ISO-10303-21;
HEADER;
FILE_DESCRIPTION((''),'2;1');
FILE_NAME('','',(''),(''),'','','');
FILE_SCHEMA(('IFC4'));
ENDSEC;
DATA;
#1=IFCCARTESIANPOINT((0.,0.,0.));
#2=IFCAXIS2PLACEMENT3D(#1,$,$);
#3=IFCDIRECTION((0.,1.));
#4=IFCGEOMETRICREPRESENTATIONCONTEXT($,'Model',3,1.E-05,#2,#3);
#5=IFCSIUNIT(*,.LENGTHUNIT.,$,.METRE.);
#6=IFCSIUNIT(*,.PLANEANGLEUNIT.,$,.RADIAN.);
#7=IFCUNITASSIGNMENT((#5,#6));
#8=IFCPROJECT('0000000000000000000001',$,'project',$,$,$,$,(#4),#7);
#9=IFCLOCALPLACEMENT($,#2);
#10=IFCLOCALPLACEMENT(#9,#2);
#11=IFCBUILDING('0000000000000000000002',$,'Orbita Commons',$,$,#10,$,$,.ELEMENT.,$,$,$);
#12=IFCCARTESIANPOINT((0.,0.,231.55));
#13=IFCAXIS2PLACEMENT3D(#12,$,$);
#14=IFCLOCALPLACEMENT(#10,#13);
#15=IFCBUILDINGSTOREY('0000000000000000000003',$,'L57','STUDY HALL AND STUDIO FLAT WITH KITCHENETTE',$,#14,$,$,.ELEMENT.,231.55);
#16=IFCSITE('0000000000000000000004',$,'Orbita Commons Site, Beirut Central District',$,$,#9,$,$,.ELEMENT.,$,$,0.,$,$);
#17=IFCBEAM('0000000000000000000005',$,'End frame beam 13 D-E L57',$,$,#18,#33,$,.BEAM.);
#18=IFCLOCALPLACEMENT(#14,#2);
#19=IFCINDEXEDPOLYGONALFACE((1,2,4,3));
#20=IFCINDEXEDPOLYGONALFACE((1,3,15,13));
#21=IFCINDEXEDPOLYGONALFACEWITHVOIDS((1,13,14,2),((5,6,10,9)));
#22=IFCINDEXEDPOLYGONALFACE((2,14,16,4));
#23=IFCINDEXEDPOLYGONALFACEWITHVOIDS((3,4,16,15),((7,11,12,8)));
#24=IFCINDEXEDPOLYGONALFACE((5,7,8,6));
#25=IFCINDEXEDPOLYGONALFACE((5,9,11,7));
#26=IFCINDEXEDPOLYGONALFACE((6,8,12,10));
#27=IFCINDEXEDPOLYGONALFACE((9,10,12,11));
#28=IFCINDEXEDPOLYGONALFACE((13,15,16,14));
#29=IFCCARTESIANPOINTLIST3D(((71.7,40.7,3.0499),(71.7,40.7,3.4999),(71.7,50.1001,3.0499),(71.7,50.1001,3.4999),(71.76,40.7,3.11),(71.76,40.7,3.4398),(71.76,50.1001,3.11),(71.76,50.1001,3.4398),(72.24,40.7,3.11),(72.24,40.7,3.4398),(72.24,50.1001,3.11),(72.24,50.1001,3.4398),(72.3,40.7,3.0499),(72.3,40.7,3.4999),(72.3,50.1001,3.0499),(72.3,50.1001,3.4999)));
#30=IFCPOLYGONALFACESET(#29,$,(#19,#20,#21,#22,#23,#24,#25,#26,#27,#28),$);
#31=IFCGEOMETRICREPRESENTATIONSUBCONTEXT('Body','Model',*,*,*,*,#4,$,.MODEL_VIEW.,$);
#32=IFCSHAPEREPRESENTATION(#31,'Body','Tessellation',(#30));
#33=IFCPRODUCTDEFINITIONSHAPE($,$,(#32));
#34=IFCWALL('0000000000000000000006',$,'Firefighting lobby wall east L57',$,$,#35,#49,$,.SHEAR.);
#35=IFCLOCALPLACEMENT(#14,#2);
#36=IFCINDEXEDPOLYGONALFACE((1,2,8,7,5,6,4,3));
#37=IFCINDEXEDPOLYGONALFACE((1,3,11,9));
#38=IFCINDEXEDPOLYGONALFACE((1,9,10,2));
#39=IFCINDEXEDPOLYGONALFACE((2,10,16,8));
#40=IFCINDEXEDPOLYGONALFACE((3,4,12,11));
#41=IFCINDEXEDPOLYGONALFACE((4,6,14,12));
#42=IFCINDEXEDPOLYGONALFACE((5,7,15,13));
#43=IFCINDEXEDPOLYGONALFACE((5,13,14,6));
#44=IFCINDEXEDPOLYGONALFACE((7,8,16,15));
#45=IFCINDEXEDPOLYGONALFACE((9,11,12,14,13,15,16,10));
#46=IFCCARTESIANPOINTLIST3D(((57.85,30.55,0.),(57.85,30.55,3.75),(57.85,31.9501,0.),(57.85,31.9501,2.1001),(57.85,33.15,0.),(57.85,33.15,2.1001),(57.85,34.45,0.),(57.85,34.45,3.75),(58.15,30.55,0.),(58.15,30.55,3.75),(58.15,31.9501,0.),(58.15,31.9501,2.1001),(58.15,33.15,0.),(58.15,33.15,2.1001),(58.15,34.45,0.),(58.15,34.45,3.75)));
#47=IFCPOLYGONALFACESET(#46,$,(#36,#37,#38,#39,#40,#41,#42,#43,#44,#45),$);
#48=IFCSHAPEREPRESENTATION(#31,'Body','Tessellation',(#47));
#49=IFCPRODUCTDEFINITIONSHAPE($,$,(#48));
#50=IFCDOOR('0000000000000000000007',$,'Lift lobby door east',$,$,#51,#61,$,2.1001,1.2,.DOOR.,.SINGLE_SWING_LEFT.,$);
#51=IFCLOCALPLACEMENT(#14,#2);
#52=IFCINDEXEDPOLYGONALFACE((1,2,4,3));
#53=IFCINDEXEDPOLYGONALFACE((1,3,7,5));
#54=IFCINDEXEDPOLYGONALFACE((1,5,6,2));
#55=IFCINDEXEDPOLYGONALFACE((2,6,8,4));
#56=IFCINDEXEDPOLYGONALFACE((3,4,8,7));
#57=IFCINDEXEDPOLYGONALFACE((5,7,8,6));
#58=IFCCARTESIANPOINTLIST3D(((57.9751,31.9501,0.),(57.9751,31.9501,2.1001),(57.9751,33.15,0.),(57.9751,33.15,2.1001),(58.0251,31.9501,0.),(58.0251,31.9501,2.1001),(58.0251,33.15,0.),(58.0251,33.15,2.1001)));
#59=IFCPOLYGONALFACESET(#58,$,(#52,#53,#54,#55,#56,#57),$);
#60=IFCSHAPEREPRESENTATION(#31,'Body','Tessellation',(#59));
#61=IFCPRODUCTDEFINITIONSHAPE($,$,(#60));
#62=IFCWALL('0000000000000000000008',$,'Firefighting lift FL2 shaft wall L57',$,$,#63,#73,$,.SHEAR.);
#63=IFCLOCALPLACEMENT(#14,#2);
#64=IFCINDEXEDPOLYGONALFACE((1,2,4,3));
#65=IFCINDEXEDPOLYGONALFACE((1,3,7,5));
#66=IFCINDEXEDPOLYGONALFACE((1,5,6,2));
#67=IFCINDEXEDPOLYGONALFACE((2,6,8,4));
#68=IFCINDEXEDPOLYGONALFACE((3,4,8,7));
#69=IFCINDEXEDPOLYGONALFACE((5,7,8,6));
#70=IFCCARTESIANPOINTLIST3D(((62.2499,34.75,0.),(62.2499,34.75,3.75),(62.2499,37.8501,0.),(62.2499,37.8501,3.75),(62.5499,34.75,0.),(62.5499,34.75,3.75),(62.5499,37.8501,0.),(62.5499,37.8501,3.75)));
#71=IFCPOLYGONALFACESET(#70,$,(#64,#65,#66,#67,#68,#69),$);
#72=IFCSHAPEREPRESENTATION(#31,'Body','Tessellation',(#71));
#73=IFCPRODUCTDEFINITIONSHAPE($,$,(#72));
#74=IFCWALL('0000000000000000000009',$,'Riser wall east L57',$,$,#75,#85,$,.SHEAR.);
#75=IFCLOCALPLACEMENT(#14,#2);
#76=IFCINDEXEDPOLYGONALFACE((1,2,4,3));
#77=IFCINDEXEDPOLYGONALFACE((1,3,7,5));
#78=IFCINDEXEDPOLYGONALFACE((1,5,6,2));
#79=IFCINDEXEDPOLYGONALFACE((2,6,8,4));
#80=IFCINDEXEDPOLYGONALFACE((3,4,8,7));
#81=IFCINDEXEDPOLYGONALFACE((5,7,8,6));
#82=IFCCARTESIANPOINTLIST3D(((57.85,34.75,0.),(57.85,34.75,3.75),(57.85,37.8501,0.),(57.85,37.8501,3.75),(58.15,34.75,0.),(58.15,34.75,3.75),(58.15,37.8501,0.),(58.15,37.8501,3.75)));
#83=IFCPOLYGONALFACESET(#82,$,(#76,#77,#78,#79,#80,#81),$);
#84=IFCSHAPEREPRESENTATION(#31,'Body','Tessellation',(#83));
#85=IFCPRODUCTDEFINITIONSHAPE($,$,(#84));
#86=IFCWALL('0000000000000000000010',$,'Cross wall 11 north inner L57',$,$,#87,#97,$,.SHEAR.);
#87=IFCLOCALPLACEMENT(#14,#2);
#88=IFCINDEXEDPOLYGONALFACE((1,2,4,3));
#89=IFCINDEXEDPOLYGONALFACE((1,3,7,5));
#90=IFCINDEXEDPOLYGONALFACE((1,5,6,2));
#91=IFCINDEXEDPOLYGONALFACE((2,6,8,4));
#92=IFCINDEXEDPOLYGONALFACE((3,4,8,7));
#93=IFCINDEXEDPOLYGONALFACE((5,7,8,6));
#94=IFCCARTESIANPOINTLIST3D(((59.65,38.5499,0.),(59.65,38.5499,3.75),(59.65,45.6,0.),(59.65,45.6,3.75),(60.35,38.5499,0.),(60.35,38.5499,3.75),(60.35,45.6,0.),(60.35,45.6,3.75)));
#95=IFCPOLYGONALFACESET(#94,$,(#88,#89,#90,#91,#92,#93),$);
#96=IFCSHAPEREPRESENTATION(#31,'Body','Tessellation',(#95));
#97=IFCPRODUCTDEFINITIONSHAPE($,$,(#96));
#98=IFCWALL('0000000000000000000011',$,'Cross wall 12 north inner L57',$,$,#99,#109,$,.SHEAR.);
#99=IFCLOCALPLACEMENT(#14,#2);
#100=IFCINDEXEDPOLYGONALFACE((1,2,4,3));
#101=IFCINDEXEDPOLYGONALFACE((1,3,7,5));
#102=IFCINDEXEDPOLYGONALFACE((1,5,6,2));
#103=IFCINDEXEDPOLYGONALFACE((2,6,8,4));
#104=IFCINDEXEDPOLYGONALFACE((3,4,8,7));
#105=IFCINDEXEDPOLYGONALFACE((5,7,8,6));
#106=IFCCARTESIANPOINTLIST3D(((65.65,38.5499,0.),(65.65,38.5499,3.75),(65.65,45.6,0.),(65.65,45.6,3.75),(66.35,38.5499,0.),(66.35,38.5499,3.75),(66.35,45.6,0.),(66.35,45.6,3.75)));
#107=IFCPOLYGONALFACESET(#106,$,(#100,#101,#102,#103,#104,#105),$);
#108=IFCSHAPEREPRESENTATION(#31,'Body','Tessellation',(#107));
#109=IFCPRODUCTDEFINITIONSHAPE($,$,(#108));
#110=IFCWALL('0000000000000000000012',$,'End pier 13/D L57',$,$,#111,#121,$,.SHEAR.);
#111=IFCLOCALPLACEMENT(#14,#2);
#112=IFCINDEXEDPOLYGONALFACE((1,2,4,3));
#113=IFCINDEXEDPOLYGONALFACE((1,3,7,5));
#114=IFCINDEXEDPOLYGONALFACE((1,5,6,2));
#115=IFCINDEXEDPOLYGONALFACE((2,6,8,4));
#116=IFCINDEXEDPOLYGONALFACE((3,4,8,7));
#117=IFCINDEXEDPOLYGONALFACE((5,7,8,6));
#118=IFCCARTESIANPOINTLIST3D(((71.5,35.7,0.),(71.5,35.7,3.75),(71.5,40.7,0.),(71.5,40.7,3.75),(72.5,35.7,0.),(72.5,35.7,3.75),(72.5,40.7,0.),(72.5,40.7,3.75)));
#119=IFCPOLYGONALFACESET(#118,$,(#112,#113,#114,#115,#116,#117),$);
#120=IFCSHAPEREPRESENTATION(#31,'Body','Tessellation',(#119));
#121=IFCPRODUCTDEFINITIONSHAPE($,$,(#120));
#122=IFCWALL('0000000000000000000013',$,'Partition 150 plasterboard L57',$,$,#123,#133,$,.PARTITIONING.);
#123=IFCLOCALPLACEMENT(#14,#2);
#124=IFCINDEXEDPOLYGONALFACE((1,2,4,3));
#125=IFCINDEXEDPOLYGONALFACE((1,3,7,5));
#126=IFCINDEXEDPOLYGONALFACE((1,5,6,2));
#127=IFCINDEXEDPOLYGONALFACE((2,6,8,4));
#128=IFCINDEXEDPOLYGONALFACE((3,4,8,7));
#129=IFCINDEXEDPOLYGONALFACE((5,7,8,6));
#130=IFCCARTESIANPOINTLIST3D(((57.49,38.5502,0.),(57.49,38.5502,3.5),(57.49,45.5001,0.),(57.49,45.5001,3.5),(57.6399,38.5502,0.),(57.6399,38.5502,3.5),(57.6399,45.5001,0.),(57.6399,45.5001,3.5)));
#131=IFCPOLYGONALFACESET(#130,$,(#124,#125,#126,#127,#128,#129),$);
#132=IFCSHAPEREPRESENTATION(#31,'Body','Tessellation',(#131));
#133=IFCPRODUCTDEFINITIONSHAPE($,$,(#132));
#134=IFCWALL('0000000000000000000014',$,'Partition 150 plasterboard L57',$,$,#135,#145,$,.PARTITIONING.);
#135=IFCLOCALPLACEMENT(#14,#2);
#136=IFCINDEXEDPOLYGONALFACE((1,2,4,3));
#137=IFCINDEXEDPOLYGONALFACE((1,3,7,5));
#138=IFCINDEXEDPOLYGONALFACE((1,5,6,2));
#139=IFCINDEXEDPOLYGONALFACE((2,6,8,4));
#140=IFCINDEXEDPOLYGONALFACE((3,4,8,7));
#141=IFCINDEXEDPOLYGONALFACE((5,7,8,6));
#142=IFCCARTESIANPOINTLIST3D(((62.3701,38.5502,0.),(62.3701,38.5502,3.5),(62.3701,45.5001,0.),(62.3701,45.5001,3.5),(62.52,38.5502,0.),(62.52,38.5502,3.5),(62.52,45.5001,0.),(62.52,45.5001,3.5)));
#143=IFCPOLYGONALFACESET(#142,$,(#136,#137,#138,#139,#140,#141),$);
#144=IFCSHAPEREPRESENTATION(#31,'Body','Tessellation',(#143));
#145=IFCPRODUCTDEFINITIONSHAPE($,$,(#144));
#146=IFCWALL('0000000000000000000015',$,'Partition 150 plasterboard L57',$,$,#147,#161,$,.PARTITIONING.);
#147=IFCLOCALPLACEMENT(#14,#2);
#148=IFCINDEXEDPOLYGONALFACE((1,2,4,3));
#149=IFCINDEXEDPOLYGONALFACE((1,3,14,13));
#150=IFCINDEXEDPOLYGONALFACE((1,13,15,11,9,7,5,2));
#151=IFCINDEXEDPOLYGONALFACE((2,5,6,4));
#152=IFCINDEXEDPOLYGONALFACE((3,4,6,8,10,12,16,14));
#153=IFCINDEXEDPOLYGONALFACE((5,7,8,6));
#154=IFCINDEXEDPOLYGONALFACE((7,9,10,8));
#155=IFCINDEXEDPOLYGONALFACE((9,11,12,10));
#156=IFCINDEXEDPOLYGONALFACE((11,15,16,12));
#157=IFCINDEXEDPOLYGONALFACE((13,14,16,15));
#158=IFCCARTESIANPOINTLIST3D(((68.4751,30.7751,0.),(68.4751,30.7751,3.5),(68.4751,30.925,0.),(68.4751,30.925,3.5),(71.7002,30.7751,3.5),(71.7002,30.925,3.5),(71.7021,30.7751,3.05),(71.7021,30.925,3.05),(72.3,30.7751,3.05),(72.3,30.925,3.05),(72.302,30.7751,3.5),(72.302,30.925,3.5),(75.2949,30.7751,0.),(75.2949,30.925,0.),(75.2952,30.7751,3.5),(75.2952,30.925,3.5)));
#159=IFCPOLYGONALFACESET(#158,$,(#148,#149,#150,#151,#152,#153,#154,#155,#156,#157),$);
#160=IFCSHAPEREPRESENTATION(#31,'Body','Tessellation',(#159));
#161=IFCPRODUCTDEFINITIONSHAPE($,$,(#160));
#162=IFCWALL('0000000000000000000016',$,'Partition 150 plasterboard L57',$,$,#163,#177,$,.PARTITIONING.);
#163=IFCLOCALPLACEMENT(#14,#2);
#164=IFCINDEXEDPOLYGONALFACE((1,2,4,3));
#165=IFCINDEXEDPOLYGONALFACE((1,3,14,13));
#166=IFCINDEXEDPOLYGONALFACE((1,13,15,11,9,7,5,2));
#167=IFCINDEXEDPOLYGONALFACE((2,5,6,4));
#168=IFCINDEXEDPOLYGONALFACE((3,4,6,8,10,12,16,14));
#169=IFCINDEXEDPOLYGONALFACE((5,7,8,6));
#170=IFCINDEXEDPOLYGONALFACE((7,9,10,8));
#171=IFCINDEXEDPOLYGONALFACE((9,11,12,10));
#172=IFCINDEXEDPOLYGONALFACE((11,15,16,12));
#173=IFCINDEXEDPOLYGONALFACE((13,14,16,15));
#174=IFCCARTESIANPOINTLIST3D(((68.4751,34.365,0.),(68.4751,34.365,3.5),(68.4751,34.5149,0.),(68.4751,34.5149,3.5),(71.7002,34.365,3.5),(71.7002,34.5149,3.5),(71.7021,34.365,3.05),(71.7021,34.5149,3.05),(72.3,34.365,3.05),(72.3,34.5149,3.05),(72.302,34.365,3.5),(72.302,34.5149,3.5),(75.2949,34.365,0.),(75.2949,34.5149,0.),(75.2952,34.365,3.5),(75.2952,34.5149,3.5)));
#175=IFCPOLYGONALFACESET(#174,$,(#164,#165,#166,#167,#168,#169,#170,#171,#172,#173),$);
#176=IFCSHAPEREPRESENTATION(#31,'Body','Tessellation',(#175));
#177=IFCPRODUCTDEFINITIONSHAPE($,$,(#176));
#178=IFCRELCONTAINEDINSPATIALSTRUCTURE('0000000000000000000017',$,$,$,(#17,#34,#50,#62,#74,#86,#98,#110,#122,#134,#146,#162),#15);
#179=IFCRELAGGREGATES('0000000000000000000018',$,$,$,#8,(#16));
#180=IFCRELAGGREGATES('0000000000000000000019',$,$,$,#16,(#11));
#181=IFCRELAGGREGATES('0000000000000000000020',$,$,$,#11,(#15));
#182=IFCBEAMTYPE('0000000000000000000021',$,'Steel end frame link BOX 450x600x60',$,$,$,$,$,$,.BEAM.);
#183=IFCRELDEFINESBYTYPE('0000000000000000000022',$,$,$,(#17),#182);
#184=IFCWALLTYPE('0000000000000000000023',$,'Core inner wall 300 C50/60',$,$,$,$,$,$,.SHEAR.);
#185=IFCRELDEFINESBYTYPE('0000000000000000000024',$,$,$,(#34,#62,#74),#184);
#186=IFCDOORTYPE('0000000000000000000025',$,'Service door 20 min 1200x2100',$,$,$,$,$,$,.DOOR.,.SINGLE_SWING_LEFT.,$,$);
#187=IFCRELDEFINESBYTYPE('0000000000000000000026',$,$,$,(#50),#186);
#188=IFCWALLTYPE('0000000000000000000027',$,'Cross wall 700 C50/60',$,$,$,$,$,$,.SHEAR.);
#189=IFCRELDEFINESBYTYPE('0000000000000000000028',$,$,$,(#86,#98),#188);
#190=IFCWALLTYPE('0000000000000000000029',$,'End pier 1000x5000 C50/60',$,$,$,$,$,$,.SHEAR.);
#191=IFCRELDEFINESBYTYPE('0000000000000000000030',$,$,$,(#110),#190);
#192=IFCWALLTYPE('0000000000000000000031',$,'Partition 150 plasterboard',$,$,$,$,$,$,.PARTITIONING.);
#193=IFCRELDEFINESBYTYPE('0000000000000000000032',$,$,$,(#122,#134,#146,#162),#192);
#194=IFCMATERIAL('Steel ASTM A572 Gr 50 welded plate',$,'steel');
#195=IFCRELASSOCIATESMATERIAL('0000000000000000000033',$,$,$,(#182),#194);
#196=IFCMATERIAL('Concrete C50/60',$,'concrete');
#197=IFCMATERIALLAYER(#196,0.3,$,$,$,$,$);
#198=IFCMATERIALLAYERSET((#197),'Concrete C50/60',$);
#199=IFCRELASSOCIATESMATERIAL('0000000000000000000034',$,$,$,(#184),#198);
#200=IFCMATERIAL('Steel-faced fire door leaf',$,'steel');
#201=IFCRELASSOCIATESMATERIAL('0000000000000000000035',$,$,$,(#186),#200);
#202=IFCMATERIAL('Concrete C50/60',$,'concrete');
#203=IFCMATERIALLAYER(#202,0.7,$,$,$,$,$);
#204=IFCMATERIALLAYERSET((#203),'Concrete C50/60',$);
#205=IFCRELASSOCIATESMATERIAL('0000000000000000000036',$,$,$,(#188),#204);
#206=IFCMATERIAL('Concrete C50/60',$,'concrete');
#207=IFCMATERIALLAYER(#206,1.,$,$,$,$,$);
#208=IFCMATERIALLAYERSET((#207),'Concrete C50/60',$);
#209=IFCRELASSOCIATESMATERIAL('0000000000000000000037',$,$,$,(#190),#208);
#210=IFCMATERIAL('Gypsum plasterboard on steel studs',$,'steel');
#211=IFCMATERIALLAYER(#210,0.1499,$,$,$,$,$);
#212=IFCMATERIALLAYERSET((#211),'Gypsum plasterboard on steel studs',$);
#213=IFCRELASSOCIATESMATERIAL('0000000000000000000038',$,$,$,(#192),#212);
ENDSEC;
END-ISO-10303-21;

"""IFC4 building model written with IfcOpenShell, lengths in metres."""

from ifc_helpers import new_model, si_unit, direction, frame, frame_2d, origin, origin_2d, place, context, subcontext, project, spatial, polyline, rectangle, hollow_rectangle, outline, extrude, material, layer, layer_set, material_profile, profile_set, type_object, element, fill, save


model = new_model("IFC4")

# Units and contexts
model_context = context("Model", 3, precision=1e-05, world=origin(), true_north=direction((0.0, 1.0)))
body_context = subcontext(model_context, "Body", "Model", "MODEL_VIEW")
ifc_project = project(units=[si_unit("LENGTHUNIT", "METRE"), si_unit("PLANEANGLEUNIT", "RADIAN")], contexts=[model_context])

# Site, building, storey
site_placement = place(None, origin())
site = spatial("IfcSite", under=ifc_project, at=site_placement, Name="Orbita Commons Site, Beirut Central District", CompositionType="ELEMENT", RefElevation=0.0)
building_placement = place(site_placement, origin())
building = spatial("IfcBuilding", under=site, at=building_placement, Name="Orbita Commons", CompositionType="ELEMENT")
storey_placement = place(building_placement, frame((0.0, 0.0, 231.55)))
storey = spatial("IfcBuildingStorey", under=building, at=storey_placement, Name="L57", Description="STUDY HALL AND STUDIO FLAT WITH KITCHENETTE", CompositionType="ELEMENT", Elevation=231.55)

# Beam
ifc_material_1 = material(Name="Steel ASTM A572 Gr 50 welded plate", Category="steel")
ifc_material_profile = material_profile(ifc_material_1, hollow_rectangle(XDim=0.6001, YDim=0.45, WallThickness=0.0601, at=origin_2d()), Name="BOX 450x600x60")
ifc_profile_set = profile_set([ifc_material_profile], Name="Steel ASTM A572 Gr 50 welded plate")
beam_type = type_object("IfcBeamType", Name="Steel end frame link BOX 450x600x60", PredefinedType="BEAM", material=ifc_profile_set)
beam_placement = place(storey_placement, frame((72.0, 40.7, 3.2749), z_axis=(0.0, 1.0, 0.0), x_axis=(-1.0, 0.0, 0.0)))
element("IfcBeam", 1, at=beam_placement, inside=storey, type_object=beam_type, Name="End frame beam 13 D-E L57", PredefinedType="BEAM", context=body_context, shape_type="SweptSolid", body=[
    extrude(hollow_rectangle(XDim=0.6001, YDim=0.45, WallThickness=0.0601, at=origin_2d()), origin(), (0.0, 0.0, 1.0), 9.4001),
])

# Wall, opening, door
ifc_material_2 = material(Name="Concrete C50/60", Category="concrete")
ifc_layer_1 = layer(ifc_material_2, 0.3)
ifc_layer_set_1 = layer_set([ifc_layer_1], Name="Concrete C50/60")
wall_type_1 = type_object("IfcWallType", Name="Core inner wall 300 C50/60", PredefinedType="SHEAR", material=ifc_layer_set_1)
wall_1_placement = place(storey_placement, frame((58.0, 30.55, 0.0), z_axis=(0.0, 0.0, 1.0), x_axis=(0.0, 1.0, 0.0)))
wall_1 = element("IfcWall", 2, at=wall_1_placement, inside=storey, type_object=wall_type_1, Name="Firefighting lobby wall east L57", PredefinedType="SHEAR", context=body_context, shape_type="SweptSolid", body=[
    extrude(rectangle(XDim=3.8999, YDim=0.3, at=frame_2d((1.95, 0.0))), origin(), (0.0, 0.0, 1.0), 3.75),
])
opening_1_placement = place(wall_1_placement, frame((1.3999, 0.0, 0.0)))
opening_1 = element("IfcOpeningElement", 3, at=opening_1_placement, cuts=wall_1, PredefinedType="OPENING", context=body_context, shape_type="SweptSolid", body=[
    extrude(rectangle(XDim=1.2, YDim=2.1001, at=frame_2d((0.6001, 1.05))), frame((0.0, 0.1599, 0.0), z_axis=(0.0, -1.0, 0.0), x_axis=(1.0, 0.0, 0.0)), (0.0, 0.0, 1.0), 0.3201),
])
ifc_material_3 = material(Name="Steel-faced fire door leaf", Category="steel")
door_type = type_object("IfcDoorType", Name="Service door 20 min 1200x2100", OperationType="SINGLE_SWING_LEFT", PredefinedType="DOOR", material=ifc_material_3)
door_placement = place(opening_1_placement, origin())
door = element("IfcDoor", 4, at=door_placement, inside=storey, type_object=door_type, Name="Lift lobby door east", OperationType="SINGLE_SWING_LEFT", OverallHeight=2.1001, OverallWidth=1.2, PredefinedType="DOOR", context=body_context, shape_type="SweptSolid", body=[
    extrude(rectangle(XDim=1.2, YDim=2.1001, at=frame_2d((0.6001, 1.05))), frame((0.0, 0.0249, 0.0), z_axis=(0.0, -1.0, 0.0), x_axis=(1.0, 0.0, 0.0)), (0.0, 0.0, 1.0), 0.05),
])
fill(opening_1, door)

# Walls
for number, where, z_axis, x_axis, name in (
    (5, (62.3999, 34.75, 0.0), (0.0, 0.0, 1.0), (0.0, 1.0, 0.0), "Firefighting lift FL2 shaft wall L57"),
    (6, (58.0, 34.75, 0.0), (0.0, 0.0, 1.0), (0.0, 1.0, 0.0), "Riser wall east L57"),
):
    element("IfcWall", number, at=place(storey_placement, frame(where, z_axis=z_axis, x_axis=x_axis)), inside=storey, type_object=wall_type_1, Name=name, PredefinedType="SHEAR", context=body_context, shape_type="SweptSolid", body=[
        extrude(rectangle(XDim=3.1001, YDim=0.3, at=frame_2d((1.55, 0.0))), origin(), (0.0, 0.0, 1.0), 3.75),
    ])
ifc_material_4 = material(Name="Concrete C50/60", Category="concrete")
ifc_layer_2 = layer(ifc_material_4, 0.7)
ifc_layer_set_2 = layer_set([ifc_layer_2], Name="Concrete C50/60")
wall_type_2 = type_object("IfcWallType", Name="Cross wall 700 C50/60", PredefinedType="SHEAR", material=ifc_layer_set_2)
for number, where, z_axis, x_axis, name in (
    (7, (60.0, 38.55, 0.0), (0.0, 0.0, 1.0), (0.0, 1.0, 0.0), "Cross wall 11 north inner L57"),
    (8, (66.0, 38.55, 0.0), (0.0, 0.0, 1.0), (0.0, 1.0, 0.0), "Cross wall 12 north inner L57"),
):
    element("IfcWall", number, at=place(storey_placement, frame(where, z_axis=z_axis, x_axis=x_axis)), inside=storey, type_object=wall_type_2, Name=name, PredefinedType="SHEAR", context=body_context, shape_type="SweptSolid", body=[
        extrude(rectangle(XDim=7.05, YDim=0.7, at=frame_2d((3.5249, 0.0))), origin(), (0.0, 0.0, 1.0), 3.75),
    ])
ifc_material_5 = material(Name="Concrete C50/60", Category="concrete")
ifc_layer_3 = layer(ifc_material_5, 1.0)
ifc_layer_set_3 = layer_set([ifc_layer_3], Name="Concrete C50/60")
wall_type_3 = type_object("IfcWallType", Name="End pier 1000x5000 C50/60", PredefinedType="SHEAR", material=ifc_layer_set_3)
wall_2_placement = place(storey_placement, frame((72.0, 35.7, 0.0), z_axis=(0.0, 0.0, 1.0), x_axis=(0.0, 1.0, 0.0)))
element("IfcWall", 9, at=wall_2_placement, inside=storey, type_object=wall_type_3, Name="End pier 13/D L57", PredefinedType="SHEAR", context=body_context, shape_type="SweptSolid", body=[
    extrude(rectangle(XDim=5.0, YDim=1.0, at=frame_2d((2.5, 0.0))), origin(), (0.0, 0.0, 1.0), 3.75),
])
ifc_material_6 = material(Name="Gypsum plasterboard on steel studs", Category="steel")
ifc_layer_4 = layer(ifc_material_6, 0.1499)
ifc_layer_set_4 = layer_set([ifc_layer_4], Name="Gypsum plasterboard on steel studs")
wall_type_4 = type_object("IfcWallType", Name="Partition 150 plasterboard", PredefinedType="PARTITIONING", material=ifc_layer_set_4)
for number, where, z_axis, x_axis, name in (
    (10, (57.5649, 38.55, 0.0), (0.0, 0.0, 1.0), (0.0, 1.0, 0.0), "Partition 150 plasterboard L57"),
    (11, (62.4451, 38.55, 0.0), (0.0, 0.0, 1.0), (0.0, 1.0, 0.0), "Partition 150 plasterboard L57"),
):
    element("IfcWall", number, at=place(storey_placement, frame(where, z_axis=z_axis, x_axis=x_axis)), inside=storey, type_object=wall_type_4, Name=name, PredefinedType="PARTITIONING", context=body_context, shape_type="SweptSolid", body=[
        extrude(rectangle(XDim=6.95, YDim=0.1499, at=frame_2d((3.4751, 0.0))), origin(), (0.0, 0.0, 1.0), 3.5),
    ])
for number, where, z_axis, x_axis, name in (
    (12, (68.4751, 30.8501, 0.0), (0.0, 0.0, 1.0), (1.0, 0.0, 0.0), "Partition 150 plasterboard L57"),
    (13, (68.4751, 34.4399, 0.0), (0.0, 0.0, 1.0), (1.0, 0.0, 0.0), "Partition 150 plasterboard L57"),
):
    element("IfcWall", number, at=place(storey_placement, frame(where, z_axis=z_axis, x_axis=x_axis)), inside=storey, type_object=wall_type_4, Name=name, PredefinedType="PARTITIONING", context=body_context, shape_type="SweptSolid", body=[
        extrude(outline(polyline([(0.0, 0.0), (6.8198, 0.0), (6.8201, 3.5), (3.8269, 3.5), (3.825, 3.05), (3.2271, 3.05), (3.2251, 3.5), (0.0, 3.5), (0.0, 0.0)])), frame((0.0, 0.075, 0.0), z_axis=(0.0, -1.0, 0.0), x_axis=(1.0, 0.0, 0.0)), (0.0, 0.0, 1.0), 0.1499),
    ])

save(model, "model.ifc")
